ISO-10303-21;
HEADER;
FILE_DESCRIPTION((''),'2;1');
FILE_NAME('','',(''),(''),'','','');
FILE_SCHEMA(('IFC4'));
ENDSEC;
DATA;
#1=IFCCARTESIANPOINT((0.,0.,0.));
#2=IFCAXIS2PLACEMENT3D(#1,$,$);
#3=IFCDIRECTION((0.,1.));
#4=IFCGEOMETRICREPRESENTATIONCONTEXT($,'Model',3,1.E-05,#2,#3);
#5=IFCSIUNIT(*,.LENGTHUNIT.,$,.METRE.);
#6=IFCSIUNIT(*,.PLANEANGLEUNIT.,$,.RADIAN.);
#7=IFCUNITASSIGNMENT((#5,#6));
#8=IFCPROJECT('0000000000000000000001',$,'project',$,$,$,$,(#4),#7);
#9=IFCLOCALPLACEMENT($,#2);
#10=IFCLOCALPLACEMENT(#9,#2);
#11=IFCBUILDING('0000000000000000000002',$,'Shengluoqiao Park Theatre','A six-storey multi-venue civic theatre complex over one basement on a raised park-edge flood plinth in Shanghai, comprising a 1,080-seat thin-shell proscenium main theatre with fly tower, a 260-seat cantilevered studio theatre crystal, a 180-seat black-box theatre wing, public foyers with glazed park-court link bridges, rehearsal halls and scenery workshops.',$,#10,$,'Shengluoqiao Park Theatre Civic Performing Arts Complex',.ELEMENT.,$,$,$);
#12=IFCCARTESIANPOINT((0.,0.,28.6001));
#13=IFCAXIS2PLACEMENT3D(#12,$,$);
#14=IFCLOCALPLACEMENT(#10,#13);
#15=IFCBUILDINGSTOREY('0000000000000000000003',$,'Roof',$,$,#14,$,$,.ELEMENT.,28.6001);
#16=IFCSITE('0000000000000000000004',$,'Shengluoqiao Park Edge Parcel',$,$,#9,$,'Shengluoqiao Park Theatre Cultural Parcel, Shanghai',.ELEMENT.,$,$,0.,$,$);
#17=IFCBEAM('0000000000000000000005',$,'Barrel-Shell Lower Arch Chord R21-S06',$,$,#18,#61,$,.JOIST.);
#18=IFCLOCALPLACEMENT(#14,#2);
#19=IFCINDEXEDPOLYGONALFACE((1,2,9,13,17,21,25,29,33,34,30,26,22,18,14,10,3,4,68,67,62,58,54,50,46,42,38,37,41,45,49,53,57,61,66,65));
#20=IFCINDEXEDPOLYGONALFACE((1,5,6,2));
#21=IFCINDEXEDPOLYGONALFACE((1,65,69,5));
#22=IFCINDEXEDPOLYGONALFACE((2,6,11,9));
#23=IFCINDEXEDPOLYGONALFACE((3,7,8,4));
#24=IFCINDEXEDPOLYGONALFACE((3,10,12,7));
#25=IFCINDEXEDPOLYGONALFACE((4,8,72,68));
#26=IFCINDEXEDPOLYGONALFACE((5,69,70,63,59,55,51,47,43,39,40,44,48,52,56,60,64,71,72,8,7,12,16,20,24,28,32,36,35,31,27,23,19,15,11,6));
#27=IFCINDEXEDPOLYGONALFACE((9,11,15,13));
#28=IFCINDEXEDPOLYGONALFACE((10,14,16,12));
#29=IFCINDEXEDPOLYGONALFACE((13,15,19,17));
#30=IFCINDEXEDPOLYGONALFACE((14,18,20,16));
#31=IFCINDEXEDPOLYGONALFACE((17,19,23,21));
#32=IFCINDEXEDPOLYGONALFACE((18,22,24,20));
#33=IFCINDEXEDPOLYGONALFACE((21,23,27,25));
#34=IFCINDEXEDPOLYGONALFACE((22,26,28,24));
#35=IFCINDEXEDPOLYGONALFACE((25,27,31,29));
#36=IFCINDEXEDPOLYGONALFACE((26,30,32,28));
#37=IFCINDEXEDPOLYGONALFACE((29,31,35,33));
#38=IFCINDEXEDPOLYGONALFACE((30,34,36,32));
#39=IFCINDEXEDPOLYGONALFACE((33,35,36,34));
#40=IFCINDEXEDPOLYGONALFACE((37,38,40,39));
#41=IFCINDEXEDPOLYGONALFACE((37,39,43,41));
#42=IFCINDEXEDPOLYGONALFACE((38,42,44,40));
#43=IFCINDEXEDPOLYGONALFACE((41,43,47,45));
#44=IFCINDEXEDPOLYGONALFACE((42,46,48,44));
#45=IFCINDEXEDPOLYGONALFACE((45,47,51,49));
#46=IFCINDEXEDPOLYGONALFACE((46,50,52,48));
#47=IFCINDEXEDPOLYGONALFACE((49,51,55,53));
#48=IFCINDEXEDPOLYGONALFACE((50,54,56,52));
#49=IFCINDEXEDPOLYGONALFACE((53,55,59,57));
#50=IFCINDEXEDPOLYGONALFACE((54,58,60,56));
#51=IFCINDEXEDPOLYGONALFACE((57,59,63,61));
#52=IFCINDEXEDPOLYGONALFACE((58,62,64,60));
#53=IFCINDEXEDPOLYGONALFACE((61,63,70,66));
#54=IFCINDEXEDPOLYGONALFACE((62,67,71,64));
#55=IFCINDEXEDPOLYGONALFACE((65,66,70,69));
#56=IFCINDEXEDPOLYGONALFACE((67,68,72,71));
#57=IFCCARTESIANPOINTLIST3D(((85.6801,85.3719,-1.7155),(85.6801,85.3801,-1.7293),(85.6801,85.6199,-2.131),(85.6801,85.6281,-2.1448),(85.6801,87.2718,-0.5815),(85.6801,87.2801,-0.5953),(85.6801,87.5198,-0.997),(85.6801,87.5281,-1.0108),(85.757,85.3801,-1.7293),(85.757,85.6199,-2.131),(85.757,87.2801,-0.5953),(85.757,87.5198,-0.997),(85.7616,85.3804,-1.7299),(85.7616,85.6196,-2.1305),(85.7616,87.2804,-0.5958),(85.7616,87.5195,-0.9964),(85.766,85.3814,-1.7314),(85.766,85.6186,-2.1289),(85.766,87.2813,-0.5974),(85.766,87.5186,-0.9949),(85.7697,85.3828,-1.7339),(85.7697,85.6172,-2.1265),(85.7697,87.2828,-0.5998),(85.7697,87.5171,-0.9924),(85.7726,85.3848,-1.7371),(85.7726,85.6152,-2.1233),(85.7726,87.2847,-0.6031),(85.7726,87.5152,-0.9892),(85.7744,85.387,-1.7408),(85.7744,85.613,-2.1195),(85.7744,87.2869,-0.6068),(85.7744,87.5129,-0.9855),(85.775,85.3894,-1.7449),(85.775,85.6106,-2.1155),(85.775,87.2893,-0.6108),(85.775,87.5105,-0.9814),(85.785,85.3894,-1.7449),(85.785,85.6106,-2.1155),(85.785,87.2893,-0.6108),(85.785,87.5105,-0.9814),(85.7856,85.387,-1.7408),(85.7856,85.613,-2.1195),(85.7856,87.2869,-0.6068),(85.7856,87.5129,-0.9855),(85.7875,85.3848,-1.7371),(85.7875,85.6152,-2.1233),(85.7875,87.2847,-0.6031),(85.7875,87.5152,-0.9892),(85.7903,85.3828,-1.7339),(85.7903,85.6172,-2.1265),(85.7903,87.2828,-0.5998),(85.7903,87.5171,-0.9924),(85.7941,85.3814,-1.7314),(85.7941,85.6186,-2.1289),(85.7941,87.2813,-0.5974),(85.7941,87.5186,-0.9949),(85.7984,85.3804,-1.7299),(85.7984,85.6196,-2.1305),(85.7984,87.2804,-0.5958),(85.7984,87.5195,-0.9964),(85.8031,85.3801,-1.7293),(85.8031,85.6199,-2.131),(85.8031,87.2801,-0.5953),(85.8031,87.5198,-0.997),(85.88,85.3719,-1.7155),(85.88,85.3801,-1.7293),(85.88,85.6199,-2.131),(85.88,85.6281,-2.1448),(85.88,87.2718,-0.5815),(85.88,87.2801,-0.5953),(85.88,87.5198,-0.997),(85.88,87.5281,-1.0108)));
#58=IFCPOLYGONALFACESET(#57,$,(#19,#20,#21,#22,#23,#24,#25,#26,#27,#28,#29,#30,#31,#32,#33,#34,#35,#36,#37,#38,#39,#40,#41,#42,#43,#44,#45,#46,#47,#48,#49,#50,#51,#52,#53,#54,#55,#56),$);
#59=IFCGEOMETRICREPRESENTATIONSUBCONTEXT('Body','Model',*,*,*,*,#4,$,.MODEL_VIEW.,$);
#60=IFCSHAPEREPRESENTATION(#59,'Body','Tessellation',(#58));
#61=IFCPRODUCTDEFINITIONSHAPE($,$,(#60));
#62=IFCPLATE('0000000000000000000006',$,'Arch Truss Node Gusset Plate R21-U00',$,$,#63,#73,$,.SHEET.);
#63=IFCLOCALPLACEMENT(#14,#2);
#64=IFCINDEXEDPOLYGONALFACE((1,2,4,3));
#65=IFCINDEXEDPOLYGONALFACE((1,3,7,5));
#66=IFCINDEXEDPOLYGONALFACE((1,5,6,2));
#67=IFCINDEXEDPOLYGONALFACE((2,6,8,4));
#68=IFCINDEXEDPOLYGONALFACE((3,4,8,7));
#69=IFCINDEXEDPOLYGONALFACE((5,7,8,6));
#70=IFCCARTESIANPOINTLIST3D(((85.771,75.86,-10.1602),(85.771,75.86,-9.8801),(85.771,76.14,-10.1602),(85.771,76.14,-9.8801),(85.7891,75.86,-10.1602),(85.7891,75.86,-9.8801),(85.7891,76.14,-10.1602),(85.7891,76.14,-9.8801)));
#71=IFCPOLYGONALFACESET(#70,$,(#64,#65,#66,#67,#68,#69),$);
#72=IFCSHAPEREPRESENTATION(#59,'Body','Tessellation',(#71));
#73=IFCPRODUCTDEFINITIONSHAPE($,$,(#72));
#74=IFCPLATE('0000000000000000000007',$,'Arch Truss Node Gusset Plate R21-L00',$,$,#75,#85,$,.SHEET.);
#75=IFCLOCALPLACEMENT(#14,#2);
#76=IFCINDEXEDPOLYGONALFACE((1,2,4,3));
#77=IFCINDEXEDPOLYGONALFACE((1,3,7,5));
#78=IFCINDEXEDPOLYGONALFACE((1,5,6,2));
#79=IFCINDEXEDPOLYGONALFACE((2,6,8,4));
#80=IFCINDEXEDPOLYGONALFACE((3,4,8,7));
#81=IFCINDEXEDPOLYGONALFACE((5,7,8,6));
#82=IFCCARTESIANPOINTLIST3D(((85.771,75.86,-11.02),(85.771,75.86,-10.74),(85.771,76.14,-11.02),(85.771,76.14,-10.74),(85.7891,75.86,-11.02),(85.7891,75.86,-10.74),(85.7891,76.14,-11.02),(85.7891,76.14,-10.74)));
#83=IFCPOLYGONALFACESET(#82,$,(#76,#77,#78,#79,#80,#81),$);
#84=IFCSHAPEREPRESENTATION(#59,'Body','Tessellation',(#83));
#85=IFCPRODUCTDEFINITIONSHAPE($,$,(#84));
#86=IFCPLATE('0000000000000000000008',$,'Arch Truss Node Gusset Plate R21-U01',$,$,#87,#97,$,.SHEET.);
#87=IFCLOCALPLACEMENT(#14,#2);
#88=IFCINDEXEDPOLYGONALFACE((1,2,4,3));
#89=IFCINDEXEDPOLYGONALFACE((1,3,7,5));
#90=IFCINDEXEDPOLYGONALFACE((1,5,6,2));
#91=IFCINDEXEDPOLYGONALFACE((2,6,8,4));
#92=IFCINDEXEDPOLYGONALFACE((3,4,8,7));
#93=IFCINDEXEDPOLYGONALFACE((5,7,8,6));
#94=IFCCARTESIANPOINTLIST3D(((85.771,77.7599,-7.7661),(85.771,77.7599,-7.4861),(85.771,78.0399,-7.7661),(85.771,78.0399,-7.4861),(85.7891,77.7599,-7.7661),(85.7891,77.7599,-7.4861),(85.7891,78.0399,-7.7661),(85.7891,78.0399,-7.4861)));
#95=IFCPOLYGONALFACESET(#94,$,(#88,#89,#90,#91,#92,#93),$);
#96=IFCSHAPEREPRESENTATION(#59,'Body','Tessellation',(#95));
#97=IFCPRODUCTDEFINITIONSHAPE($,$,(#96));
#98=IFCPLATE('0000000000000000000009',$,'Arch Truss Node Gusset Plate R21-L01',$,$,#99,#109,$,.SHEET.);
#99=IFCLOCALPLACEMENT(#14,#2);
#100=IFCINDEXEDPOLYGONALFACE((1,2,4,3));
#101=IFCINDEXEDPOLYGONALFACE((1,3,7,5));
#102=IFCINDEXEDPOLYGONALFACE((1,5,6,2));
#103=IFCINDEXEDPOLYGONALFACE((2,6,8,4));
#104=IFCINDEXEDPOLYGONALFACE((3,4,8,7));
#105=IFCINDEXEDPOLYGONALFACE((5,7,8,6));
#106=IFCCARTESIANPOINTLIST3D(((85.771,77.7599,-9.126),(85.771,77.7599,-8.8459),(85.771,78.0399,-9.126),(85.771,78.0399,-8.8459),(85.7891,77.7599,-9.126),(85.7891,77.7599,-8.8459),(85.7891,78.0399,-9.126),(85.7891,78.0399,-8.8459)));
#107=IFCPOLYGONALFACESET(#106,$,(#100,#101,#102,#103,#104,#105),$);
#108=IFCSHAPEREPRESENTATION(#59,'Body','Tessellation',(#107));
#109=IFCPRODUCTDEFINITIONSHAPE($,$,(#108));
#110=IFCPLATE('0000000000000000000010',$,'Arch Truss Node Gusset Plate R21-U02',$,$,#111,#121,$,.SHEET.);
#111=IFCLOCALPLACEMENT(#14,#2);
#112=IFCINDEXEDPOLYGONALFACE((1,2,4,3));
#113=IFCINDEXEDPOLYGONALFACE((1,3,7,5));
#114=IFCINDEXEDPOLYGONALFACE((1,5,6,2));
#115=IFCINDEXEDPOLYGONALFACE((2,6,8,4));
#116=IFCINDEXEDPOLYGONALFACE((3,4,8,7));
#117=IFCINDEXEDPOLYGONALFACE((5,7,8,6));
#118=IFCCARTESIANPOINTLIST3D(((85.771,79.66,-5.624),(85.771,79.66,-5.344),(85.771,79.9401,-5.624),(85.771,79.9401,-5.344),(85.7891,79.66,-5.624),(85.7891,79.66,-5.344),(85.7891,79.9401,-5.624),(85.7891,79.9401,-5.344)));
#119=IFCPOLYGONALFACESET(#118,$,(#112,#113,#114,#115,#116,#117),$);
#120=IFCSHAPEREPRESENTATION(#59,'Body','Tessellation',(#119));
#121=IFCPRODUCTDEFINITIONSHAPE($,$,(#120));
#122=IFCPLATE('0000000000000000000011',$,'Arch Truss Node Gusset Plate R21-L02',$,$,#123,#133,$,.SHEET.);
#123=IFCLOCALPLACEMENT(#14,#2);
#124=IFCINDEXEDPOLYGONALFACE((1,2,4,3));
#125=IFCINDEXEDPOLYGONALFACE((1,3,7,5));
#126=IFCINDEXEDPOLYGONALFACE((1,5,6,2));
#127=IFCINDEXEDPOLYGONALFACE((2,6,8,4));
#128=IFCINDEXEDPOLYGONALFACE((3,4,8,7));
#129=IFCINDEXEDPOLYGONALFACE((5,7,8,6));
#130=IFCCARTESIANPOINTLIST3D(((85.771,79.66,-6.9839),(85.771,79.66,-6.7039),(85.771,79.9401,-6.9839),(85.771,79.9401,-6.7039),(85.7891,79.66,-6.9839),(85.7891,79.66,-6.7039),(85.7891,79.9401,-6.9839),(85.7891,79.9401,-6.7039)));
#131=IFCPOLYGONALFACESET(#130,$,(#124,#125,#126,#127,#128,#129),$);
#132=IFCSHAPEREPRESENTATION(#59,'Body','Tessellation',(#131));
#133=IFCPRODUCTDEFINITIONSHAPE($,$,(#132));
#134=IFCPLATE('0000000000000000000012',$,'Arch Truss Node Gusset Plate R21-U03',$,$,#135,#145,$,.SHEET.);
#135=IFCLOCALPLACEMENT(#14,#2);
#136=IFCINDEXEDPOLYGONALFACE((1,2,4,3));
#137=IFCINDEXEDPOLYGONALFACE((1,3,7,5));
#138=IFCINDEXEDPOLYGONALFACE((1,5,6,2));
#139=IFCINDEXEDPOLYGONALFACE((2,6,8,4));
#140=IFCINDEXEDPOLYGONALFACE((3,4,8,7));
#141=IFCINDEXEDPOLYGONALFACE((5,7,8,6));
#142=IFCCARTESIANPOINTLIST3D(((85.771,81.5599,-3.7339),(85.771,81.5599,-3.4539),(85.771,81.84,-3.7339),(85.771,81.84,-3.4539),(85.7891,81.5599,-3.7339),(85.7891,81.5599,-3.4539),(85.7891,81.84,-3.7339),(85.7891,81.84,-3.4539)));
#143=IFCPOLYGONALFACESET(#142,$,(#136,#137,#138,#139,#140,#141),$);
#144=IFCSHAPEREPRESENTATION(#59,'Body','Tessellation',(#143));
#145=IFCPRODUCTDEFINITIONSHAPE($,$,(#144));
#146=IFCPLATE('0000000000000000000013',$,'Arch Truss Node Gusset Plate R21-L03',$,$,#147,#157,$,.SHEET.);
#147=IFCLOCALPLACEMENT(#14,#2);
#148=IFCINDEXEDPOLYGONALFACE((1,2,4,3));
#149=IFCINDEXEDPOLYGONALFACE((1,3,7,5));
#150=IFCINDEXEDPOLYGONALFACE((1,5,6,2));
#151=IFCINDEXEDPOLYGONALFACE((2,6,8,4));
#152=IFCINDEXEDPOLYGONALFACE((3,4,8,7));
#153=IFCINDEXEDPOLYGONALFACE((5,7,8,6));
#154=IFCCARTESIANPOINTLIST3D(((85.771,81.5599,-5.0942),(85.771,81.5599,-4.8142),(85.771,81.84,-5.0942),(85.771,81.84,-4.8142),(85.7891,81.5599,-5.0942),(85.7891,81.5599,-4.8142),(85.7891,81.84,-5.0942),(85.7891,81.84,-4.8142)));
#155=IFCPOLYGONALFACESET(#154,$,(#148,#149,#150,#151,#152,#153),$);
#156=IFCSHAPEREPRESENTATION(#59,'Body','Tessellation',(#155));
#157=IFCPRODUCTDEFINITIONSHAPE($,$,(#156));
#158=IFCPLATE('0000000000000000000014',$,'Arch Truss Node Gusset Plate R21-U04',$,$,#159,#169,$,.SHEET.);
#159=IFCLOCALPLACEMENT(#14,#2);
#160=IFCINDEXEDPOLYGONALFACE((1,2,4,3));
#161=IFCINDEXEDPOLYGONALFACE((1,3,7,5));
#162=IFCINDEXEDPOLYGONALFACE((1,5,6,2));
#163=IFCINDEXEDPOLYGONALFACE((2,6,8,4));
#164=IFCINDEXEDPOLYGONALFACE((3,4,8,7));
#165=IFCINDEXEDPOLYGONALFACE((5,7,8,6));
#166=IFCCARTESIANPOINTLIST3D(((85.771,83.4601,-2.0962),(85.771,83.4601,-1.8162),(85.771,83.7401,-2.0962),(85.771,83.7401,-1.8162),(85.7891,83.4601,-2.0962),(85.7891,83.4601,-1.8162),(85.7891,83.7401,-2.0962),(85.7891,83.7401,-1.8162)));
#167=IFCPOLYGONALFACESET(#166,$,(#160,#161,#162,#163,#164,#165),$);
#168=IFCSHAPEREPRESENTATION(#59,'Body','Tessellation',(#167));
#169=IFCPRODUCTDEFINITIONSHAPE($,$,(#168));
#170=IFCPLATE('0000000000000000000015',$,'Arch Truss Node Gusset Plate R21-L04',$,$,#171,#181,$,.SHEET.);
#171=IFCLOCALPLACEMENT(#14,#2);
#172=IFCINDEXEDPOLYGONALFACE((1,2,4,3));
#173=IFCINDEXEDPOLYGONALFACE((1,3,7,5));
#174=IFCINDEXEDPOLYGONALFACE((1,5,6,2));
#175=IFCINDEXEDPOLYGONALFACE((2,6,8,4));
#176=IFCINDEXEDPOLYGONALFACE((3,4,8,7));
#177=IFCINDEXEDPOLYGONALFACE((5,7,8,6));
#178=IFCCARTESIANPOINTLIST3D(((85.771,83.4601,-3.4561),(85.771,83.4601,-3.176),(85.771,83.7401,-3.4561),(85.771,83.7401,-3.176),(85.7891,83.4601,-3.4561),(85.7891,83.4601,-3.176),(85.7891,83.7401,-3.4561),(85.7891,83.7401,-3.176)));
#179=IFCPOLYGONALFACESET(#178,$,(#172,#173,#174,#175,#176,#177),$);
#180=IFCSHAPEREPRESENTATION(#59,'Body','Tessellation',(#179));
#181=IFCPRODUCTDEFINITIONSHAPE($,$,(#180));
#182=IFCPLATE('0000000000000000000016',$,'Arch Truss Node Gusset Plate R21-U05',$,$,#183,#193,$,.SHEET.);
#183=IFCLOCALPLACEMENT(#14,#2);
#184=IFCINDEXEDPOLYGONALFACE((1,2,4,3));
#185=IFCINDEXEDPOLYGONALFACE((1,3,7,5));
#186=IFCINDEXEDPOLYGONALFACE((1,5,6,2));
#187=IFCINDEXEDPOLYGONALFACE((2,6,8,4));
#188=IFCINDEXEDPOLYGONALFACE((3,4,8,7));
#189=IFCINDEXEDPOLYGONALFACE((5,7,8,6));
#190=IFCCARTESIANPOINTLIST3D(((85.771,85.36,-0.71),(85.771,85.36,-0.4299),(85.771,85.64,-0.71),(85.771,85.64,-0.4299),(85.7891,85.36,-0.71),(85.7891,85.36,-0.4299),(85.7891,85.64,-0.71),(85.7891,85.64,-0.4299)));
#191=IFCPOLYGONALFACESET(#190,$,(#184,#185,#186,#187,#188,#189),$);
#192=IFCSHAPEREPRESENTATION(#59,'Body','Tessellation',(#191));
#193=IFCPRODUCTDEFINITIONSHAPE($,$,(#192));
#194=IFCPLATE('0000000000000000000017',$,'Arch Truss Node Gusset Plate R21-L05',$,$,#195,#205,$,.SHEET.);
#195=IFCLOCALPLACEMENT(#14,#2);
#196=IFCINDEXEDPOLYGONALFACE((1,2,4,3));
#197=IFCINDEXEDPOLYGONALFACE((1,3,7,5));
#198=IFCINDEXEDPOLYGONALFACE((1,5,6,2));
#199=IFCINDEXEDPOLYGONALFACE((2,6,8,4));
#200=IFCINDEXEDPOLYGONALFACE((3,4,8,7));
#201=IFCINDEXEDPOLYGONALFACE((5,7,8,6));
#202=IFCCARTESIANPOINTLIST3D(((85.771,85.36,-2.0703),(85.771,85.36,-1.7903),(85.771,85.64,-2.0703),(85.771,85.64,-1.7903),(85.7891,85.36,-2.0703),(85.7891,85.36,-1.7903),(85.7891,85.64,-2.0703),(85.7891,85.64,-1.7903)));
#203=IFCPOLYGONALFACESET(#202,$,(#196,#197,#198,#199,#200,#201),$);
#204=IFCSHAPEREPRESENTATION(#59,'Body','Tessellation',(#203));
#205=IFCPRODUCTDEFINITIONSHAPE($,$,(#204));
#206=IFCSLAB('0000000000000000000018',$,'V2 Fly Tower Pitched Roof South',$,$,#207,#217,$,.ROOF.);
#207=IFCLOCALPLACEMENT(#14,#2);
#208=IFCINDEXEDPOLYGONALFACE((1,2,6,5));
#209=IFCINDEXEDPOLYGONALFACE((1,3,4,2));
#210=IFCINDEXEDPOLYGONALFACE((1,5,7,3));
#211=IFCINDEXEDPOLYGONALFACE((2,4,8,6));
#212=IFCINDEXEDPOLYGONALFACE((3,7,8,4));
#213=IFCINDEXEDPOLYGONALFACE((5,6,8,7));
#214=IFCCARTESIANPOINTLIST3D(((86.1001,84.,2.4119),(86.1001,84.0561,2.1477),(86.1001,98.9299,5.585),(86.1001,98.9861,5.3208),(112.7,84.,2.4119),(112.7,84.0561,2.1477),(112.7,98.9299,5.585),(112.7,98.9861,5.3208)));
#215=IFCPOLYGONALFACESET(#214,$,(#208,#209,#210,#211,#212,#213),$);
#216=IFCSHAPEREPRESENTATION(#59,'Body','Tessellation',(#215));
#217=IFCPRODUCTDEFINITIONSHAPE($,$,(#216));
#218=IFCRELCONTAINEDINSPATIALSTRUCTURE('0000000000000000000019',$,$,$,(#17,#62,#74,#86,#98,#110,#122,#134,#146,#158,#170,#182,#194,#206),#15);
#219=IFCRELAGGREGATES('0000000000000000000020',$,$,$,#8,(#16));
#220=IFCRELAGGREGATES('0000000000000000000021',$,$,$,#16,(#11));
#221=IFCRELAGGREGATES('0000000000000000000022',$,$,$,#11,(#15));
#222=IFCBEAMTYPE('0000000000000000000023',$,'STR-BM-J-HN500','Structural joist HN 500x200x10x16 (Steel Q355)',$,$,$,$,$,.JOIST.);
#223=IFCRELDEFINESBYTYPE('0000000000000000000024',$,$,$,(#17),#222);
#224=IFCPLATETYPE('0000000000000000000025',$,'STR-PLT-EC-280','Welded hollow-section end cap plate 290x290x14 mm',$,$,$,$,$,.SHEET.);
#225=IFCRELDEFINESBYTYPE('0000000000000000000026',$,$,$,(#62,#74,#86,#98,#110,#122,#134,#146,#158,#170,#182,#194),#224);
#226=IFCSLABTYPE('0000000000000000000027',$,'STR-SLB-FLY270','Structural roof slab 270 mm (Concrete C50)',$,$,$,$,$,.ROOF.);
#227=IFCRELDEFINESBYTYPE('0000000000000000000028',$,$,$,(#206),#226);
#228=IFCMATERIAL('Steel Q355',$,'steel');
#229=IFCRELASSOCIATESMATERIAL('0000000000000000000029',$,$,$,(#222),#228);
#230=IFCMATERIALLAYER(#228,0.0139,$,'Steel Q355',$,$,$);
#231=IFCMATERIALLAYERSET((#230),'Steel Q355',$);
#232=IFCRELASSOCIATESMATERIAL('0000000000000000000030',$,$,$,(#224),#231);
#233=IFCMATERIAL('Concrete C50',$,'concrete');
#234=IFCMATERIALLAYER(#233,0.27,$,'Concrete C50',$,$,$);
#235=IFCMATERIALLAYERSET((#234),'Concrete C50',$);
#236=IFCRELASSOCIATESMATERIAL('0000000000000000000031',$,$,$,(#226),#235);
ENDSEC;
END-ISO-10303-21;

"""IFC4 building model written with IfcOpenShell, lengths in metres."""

from ifc_helpers import new_model, si_unit, direction, frame, origin, origin_2d, place, context, subcontext, project, spatial, polyline, rectangle, i_section, outline, extrude, material, layer, layer_set, material_profile, profile_set, type_object, element, save


model = new_model("IFC4")

# Units and contexts
model_context = context("Model", 3, precision=1e-05, world=origin(), true_north=direction((0.0, 1.0)))
body_context = subcontext(model_context, "Body", "Model", "MODEL_VIEW")
ifc_project = project(units=[si_unit("LENGTHUNIT", "METRE"), si_unit("PLANEANGLEUNIT", "RADIAN")], contexts=[model_context])

# Site, building, storey
site_placement = place(None, origin())
site = spatial("IfcSite", under=ifc_project, at=site_placement, Name="Shengluoqiao Park Edge Parcel", LongName="Shengluoqiao Park Theatre Cultural Parcel, Shanghai", CompositionType="ELEMENT", RefElevation=0.0)
building_placement = place(site_placement, origin())
building = spatial("IfcBuilding", under=site, at=building_placement, Name="Shengluoqiao Park Theatre", Description="A six-storey multi-venue civic theatre complex over one basement on a raised park-edge flood plinth in Shanghai, comprising a 1,080-seat thin-shell proscenium main theatre with fly tower, a 260-seat cantilevered studio theatre crystal, a 180-seat black-box theatre wing, public foyers with glazed park-court link bridges, rehearsal halls and scenery workshops.", LongName="Shengluoqiao Park Theatre Civic Performing Arts Complex", CompositionType="ELEMENT")
storey_placement = place(building_placement, frame((0.0, 0.0, 28.6001)))
storey = spatial("IfcBuildingStorey", under=building, at=storey_placement, Name="Roof", CompositionType="ELEMENT", Elevation=28.6001)

# Shared definitions
ifc_material_1 = material(Name="Concrete C50", Category="concrete")

# Beam
ifc_material_2 = material(Name="Steel Q355", Category="steel")
ifc_material_profile_1 = material_profile(ifc_material_2, i_section(OverallWidth=0.2, OverallDepth=0.5, WebThickness=0.01, FlangeThickness=0.0161, FilletRadius=0.0181, at=origin_2d()), Name="HN 500x200x10x16")
ifc_profile_set_1 = profile_set([ifc_material_profile_1], Name="Steel Q355")
beam_type_1 = type_object("IfcBeamType", Name="STR-BM-J-HN500", Description="Structural joist HN 500x200x10x16 (Steel Q355)", PredefinedType="JOIST", material=ifc_profile_set_1)
beam_1_placement = place(storey_placement, frame((85.78, 85.5, -1.9302), z_axis=(0.0, 0.858669, 0.512531), x_axis=(-1.0, 0.0, 0.0)))
element("IfcBeam", 1, at=beam_1_placement, inside=storey, type_object=beam_type_1, Name="Barrel-Shell Lower Arch Chord R21-S06", PredefinedType="JOIST", context=body_context, shape_type="SweptSolid", body=[
    extrude(i_section(OverallWidth=0.2, OverallDepth=0.5, WebThickness=0.01, FlangeThickness=0.0161, FilletRadius=0.0181, at=origin_2d()), origin(), (0.0, 0.0, 1.0), 2.2126),
])

# Plates
ifc_layer_1 = layer(ifc_material_2, 0.0139, Name="Steel Q355")
ifc_layer_set_1 = layer_set([ifc_layer_1], Name="Steel Q355")
plate_type = type_object("IfcPlateType", Name="STR-PLT-EC-280", Description="Welded hollow-section end cap plate 290x290x14 mm", PredefinedType="SHEET", material=ifc_layer_set_1)
for number, where, z_axis, x_axis, name in (
    (2, (85.78, 76.0, -10.1602), (0.0, 0.0, 1.0), (1.0, 0.0, 0.0), "Arch Truss Node Gusset Plate R21-U00"),
    (3, (85.78, 76.0, -11.02), (0.0, 0.0, 1.0), (1.0, 0.0, 0.0), "Arch Truss Node Gusset Plate R21-L00"),
    (4, (85.78, 77.8999, -7.7661), (0.0, 0.0, 1.0), (1.0, 0.0, 0.0), "Arch Truss Node Gusset Plate R21-U01"),
    (5, (85.78, 77.8999, -9.126), (0.0, 0.0, 1.0), (1.0, 0.0, 0.0), "Arch Truss Node Gusset Plate R21-L01"),
    (6, (85.78, 79.8, -5.624), (0.0, 0.0, 1.0), (1.0, 0.0, 0.0), "Arch Truss Node Gusset Plate R21-U02"),
    (7, (85.78, 79.8, -6.9839), (0.0, 0.0, 1.0), (1.0, 0.0, 0.0), "Arch Truss Node Gusset Plate R21-L02"),
    (8, (85.78, 81.7, -3.7339), (0.0, 0.0, 1.0), (1.0, 0.0, 0.0), "Arch Truss Node Gusset Plate R21-U03"),
    (9, (85.78, 81.7, -5.0942), (0.0, 0.0, 1.0), (1.0, 0.0, 0.0), "Arch Truss Node Gusset Plate R21-L03"),
    (10, (85.78, 83.6001, -2.0962), (0.0, 0.0, 1.0), (1.0, 0.0, 0.0), "Arch Truss Node Gusset Plate R21-U04"),
    (11, (85.78, 83.6001, -3.4561), (0.0, 0.0, 1.0), (1.0, 0.0, 0.0), "Arch Truss Node Gusset Plate R21-L04"),
    (12, (85.78, 85.5, -0.71), (0.0, 0.0, 1.0), (1.0, 0.0, 0.0), "Arch Truss Node Gusset Plate R21-U05"),
    (13, (85.78, 85.5, -2.0703), (0.0, 0.0, 1.0), (1.0, 0.0, 0.0), "Arch Truss Node Gusset Plate R21-L05"),
):
    element("IfcPlate", number, at=place(storey_placement, frame(where, z_axis=z_axis, x_axis=x_axis)), inside=storey, type_object=plate_type, Name=name, PredefinedType="SHEET", context=body_context, shape_type="SweptSolid", body=[
        extrude(rectangle(XDim=0.0181, YDim=0.28, at=origin_2d()), origin(), (0.0, 0.0, 1.0), 0.28),
    ])

# Slab
ifc_layer_2 = layer(ifc_material_1, 0.27, Name="Concrete C50")
ifc_layer_set_2 = layer_set([ifc_layer_2], Name="Concrete C50")
slab_type = type_object("IfcSlabType", Name="STR-SLB-FLY270", Description="Structural roof slab 270 mm (Concrete C50)", PredefinedType="ROOF", material=ifc_layer_set_2)
slab_placement = place(storey_placement, frame((86.1001, 84.0, 2.4119), z_axis=(0.0, -0.207889, 0.978152), x_axis=(1.0, 0.0, 0.0)))
element("IfcSlab", 14, at=slab_placement, inside=storey, type_object=slab_type, Name="V2 Fly Tower Pitched Roof South", PredefinedType="ROOF", context=body_context, shape_type="SweptSolid", body=[
    extrude(outline(polyline([(0.0, 0.0), (26.5999, 0.0), (26.5999, 15.2634), (0.0, 15.2634), (0.0, 0.0)])), origin(), (0.0, 0.0, -1.0), 0.27),
])

save(model, "model.ifc")
